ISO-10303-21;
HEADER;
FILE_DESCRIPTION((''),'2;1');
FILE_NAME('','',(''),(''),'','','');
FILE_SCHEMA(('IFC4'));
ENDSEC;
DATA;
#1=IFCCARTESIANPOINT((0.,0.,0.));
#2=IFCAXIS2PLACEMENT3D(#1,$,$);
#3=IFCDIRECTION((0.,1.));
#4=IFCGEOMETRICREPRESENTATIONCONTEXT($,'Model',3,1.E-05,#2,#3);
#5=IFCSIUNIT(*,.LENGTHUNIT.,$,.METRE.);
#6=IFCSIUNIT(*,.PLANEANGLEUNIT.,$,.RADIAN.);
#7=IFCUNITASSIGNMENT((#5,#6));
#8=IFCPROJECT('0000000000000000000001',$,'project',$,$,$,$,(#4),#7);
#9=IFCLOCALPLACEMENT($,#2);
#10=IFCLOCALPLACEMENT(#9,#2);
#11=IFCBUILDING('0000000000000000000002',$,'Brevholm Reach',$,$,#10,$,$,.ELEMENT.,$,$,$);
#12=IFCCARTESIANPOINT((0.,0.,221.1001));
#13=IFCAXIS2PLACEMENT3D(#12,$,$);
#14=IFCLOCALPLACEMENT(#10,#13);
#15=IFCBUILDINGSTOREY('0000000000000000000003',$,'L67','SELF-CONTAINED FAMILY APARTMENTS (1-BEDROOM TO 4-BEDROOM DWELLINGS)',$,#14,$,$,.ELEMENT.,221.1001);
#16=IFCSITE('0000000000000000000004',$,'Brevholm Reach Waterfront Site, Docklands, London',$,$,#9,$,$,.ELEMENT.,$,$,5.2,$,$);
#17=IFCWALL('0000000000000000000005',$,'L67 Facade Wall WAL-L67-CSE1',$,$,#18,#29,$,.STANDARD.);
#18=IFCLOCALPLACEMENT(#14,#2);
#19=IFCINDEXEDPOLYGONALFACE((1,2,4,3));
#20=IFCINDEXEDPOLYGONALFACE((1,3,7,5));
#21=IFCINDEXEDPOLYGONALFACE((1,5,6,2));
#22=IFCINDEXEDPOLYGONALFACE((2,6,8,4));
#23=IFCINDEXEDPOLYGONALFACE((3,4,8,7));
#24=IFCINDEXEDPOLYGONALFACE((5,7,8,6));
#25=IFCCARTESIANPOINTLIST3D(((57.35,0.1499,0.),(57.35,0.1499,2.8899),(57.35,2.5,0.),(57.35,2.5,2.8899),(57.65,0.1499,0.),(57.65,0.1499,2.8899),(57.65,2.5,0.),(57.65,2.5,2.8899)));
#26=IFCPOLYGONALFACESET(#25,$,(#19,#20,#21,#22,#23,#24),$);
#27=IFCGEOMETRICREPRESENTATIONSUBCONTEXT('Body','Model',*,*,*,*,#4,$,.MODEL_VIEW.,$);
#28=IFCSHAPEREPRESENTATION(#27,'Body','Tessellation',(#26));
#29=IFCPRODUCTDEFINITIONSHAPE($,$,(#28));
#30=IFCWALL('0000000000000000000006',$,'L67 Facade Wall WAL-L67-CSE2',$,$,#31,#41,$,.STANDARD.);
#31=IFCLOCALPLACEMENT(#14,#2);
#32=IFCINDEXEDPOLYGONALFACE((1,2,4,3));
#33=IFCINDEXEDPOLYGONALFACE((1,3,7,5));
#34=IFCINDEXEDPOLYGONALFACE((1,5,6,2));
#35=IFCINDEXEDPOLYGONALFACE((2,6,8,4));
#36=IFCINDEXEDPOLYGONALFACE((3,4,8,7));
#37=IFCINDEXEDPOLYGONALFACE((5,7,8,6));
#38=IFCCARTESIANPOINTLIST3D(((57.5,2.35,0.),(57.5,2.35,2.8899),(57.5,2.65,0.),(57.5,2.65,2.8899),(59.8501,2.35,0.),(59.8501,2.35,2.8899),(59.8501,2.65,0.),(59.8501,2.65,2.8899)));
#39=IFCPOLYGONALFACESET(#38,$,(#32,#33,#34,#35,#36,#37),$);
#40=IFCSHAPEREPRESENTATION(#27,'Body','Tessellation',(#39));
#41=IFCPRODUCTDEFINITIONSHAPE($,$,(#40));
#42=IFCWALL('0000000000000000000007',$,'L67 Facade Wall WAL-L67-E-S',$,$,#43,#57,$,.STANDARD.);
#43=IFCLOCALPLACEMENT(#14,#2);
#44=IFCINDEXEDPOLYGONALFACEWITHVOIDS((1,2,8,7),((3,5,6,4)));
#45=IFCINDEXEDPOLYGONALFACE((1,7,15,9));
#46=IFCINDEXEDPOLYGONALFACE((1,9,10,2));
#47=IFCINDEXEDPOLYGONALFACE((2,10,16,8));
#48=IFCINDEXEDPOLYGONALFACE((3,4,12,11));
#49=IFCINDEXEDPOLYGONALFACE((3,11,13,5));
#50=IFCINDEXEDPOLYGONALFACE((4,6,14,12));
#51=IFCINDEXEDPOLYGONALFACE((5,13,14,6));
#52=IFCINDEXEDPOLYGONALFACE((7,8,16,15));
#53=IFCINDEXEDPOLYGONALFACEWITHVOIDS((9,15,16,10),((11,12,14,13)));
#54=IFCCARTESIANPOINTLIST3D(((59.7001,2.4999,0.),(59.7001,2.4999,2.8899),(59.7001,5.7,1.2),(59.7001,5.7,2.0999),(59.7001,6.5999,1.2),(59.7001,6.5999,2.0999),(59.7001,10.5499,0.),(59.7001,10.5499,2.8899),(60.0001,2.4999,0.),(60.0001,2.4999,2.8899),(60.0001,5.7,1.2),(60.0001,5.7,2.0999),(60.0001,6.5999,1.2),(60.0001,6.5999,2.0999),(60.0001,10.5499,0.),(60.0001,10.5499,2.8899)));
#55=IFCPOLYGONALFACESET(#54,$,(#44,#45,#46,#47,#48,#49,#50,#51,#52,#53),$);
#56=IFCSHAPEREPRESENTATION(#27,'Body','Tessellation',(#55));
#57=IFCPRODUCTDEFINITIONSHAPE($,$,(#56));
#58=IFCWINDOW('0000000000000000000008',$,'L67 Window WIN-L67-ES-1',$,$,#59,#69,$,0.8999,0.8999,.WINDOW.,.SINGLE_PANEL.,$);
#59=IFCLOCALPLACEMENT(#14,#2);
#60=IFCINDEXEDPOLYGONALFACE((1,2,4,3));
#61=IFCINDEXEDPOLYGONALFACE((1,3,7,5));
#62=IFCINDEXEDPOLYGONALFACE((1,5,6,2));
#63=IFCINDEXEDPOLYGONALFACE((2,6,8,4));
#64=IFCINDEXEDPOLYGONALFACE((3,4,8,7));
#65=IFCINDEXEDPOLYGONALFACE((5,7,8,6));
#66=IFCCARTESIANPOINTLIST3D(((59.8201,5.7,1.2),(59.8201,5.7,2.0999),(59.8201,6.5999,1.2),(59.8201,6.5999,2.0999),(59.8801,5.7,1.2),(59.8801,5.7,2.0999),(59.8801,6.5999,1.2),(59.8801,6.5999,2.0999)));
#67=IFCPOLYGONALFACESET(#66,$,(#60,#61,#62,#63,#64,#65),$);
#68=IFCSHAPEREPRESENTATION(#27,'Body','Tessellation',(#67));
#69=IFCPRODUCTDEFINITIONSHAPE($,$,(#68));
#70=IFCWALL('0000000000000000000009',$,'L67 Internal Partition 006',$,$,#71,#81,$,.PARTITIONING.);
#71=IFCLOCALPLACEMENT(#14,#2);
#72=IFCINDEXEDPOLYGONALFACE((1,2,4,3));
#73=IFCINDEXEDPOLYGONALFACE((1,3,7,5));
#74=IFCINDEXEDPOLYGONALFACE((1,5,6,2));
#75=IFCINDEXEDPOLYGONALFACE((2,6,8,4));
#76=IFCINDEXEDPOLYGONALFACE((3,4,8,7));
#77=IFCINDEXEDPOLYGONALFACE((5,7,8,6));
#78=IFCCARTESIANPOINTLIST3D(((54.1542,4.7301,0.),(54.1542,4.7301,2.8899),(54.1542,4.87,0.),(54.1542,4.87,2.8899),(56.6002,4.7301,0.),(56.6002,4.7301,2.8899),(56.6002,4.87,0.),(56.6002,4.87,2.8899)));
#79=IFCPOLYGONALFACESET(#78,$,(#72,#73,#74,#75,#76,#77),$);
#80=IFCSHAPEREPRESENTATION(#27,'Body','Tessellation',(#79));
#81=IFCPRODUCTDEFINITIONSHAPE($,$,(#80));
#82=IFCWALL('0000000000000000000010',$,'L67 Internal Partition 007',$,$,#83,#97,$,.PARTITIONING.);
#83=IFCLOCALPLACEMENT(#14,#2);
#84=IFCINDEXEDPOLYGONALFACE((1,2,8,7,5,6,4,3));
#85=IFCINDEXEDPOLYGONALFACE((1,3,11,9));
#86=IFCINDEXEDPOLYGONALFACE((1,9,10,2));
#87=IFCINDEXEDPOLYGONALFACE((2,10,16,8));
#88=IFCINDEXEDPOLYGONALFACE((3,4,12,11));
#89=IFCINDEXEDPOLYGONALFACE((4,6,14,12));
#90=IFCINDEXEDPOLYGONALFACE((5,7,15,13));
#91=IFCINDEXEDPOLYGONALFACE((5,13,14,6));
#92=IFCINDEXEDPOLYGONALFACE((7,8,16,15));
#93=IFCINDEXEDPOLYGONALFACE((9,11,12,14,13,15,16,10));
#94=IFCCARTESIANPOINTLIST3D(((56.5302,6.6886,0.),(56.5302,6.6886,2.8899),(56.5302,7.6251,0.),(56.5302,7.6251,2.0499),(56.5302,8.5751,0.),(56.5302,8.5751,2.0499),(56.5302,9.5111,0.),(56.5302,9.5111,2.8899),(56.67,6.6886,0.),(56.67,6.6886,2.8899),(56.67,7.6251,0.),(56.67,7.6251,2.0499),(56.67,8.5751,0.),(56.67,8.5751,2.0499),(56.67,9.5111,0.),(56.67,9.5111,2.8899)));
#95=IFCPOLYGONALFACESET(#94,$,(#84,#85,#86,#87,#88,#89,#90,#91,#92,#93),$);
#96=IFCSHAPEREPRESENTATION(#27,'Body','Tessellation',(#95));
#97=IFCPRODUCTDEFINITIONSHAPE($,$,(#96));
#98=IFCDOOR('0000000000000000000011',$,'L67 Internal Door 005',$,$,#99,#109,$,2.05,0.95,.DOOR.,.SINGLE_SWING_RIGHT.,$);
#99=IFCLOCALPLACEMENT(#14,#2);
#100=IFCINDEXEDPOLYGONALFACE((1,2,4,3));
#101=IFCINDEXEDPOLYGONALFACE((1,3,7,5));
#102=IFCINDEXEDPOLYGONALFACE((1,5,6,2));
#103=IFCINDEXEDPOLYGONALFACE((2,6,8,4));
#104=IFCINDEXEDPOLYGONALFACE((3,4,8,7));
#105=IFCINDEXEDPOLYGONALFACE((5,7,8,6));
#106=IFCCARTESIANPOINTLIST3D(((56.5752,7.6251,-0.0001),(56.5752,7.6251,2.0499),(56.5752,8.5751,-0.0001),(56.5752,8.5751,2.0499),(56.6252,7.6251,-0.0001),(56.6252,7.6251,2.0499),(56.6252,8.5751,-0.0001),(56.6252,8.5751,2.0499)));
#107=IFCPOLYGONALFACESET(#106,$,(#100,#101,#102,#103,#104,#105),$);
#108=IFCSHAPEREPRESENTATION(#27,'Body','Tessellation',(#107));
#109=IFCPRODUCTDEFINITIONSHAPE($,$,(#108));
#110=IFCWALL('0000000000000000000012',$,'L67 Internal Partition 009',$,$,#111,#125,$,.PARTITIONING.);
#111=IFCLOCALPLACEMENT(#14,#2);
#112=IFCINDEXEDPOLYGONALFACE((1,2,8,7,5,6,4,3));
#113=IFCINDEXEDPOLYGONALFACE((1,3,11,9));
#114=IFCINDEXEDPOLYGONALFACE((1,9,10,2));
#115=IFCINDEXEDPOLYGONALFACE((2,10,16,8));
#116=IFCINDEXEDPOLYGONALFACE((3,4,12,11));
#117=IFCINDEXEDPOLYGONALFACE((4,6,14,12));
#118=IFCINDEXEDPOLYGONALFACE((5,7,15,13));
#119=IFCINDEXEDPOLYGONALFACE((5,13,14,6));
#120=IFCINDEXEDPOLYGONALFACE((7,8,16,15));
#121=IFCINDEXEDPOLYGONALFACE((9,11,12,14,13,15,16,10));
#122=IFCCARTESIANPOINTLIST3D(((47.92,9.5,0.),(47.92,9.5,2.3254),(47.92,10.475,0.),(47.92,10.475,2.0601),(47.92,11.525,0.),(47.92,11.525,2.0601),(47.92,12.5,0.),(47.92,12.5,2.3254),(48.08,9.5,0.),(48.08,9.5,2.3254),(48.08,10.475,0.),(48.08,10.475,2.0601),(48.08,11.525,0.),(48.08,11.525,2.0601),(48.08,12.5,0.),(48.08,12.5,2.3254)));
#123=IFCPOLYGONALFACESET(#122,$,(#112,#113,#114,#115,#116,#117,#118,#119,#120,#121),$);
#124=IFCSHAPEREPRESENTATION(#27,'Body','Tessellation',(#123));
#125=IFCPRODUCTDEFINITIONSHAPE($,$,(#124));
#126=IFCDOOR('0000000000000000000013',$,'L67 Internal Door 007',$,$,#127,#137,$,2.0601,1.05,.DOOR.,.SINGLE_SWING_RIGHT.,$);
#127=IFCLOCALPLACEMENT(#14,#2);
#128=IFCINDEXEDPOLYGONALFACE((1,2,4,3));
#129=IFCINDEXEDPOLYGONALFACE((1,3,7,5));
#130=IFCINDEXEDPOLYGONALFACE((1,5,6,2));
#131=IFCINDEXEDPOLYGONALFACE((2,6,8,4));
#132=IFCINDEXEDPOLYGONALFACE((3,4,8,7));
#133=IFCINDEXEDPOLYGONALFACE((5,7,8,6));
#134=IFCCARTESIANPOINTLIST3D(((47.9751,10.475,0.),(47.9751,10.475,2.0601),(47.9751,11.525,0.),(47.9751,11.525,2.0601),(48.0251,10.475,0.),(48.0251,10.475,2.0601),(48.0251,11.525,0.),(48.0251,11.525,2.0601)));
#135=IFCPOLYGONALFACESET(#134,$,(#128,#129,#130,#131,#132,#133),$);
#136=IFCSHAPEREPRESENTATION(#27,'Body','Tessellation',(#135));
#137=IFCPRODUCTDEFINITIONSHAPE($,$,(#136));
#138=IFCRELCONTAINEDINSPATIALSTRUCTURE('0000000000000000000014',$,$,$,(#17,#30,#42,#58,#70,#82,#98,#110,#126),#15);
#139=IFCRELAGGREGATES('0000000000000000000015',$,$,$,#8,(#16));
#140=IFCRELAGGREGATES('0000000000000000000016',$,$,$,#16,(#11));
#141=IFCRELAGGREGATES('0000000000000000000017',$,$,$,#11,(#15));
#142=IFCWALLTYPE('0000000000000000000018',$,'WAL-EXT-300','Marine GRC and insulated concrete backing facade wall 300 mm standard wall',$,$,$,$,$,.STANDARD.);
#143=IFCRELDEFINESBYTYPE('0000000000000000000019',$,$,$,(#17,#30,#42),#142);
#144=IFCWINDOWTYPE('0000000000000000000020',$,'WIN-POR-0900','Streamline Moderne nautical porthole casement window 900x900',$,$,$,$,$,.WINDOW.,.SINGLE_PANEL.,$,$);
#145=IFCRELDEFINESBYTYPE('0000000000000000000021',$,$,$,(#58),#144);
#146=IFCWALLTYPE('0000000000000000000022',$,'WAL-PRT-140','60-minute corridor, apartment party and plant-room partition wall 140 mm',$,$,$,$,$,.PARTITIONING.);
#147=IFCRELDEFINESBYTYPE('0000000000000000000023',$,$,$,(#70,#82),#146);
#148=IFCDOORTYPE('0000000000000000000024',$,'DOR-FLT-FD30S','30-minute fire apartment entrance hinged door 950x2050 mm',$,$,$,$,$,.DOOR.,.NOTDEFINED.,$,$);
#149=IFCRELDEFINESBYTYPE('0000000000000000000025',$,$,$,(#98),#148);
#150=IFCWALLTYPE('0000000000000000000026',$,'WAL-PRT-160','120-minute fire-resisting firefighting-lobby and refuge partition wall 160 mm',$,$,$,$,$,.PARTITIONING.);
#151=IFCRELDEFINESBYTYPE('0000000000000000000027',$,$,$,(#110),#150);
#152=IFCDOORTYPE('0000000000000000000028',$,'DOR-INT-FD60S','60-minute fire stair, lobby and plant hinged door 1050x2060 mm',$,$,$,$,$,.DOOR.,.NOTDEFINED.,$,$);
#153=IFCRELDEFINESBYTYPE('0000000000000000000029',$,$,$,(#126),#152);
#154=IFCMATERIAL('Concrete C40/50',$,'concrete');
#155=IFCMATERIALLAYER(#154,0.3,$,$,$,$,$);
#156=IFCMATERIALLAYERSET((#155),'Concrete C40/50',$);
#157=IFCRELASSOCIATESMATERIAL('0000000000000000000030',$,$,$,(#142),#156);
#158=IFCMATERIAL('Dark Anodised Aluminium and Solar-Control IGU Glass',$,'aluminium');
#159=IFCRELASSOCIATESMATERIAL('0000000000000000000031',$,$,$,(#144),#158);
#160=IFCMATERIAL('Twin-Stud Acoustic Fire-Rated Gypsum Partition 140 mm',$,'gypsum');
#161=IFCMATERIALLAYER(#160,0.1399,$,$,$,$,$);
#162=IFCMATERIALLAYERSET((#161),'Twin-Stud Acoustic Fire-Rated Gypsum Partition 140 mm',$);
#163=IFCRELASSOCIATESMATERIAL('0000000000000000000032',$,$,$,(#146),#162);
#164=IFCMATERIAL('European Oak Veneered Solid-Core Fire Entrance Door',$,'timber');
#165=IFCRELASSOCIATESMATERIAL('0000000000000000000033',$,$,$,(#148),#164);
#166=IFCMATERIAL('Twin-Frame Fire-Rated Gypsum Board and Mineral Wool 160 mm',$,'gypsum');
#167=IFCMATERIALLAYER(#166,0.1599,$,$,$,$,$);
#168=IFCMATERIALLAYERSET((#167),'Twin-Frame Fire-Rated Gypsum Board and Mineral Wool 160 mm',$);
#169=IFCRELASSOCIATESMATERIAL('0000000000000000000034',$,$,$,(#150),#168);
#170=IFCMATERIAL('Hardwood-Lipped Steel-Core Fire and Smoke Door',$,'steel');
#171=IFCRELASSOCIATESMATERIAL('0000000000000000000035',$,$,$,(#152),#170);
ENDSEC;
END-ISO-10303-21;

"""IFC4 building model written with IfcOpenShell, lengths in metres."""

from ifc_helpers import new_model, si_unit, direction, frame, frame_2d, origin, place, context, subcontext, project, spatial, rectangle, extrude, material, layer, layer_set, type_object, element, fill, save


model = new_model("IFC4")

# Units and contexts
model_context = context("Model", 3, precision=1e-05, world=origin(), true_north=direction((0.0, 1.0)))
body_context = subcontext(model_context, "Body", "Model", "MODEL_VIEW")
ifc_project = project(units=[si_unit("LENGTHUNIT", "METRE"), si_unit("PLANEANGLEUNIT", "RADIAN")], contexts=[model_context])

# Site, building, storey
site_placement = place(None, origin())
site = spatial("IfcSite", under=ifc_project, at=site_placement, Name="Brevholm Reach Waterfront Site, Docklands, London", CompositionType="ELEMENT", RefElevation=5.2)
building_placement = place(site_placement, origin())
building = spatial("IfcBuilding", under=site, at=building_placement, Name="Brevholm Reach", CompositionType="ELEMENT")
storey_placement = place(building_placement, frame((0.0, 0.0, 221.1001)))
storey = spatial("IfcBuildingStorey", under=building, at=storey_placement, Name="L67", Description="SELF-CONTAINED FAMILY APARTMENTS (1-BEDROOM TO 4-BEDROOM DWELLINGS)", CompositionType="ELEMENT", Elevation=221.1001)

# Walls
ifc_material_1 = material(Name="Concrete C40/50", Category="concrete")
ifc_layer_1 = layer(ifc_material_1, 0.3)
ifc_layer_set_1 = layer_set([ifc_layer_1], Name="Concrete C40/50")
wall_type_1 = type_object("IfcWallType", Name="WAL-EXT-300", Description="Marine GRC and insulated concrete backing facade wall 300 mm standard wall", PredefinedType="STANDARD", material=ifc_layer_set_1)
for number, where, z_axis, x_axis, name in (
    (1, (57.5, 0.1499, 0.0), (0.0, 0.0, 1.0), (0.0, 1.0, 0.0), "L67 Facade Wall WAL-L67-CSE1"),
    (2, (57.5, 2.5, 0.0), (0.0, 0.0, 1.0), (1.0, 0.0, 0.0), "L67 Facade Wall WAL-L67-CSE2"),
):
    element("IfcWall", number, at=place(storey_placement, frame(where, z_axis=z_axis, x_axis=x_axis)), inside=storey, type_object=wall_type_1, Name=name, PredefinedType="STANDARD", context=body_context, shape_type="SweptSolid", body=[
        extrude(rectangle(XDim=2.3501, YDim=0.3, at=frame_2d((1.175, 0.0))), origin(), (0.0, 0.0, 1.0), 2.8899),
    ])

# Wall, opening, window
wall_1_placement = place(storey_placement, frame((59.8501, 2.5, 0.0), z_axis=(0.0, 0.0, 1.0), x_axis=(0.0, 1.0, 0.0)))
wall_1 = element("IfcWall", 3, at=wall_1_placement, inside=storey, type_object=wall_type_1, Name="L67 Facade Wall WAL-L67-E-S", PredefinedType="STANDARD", context=body_context, shape_type="SweptSolid", body=[
    extrude(rectangle(XDim=8.05, YDim=0.3, at=frame_2d((4.0249, 0.0))), origin(), (0.0, 0.0, 1.0), 2.8899),
])
opening_1_placement = place(wall_1_placement, frame((3.2, 0.0, 1.2)))
opening_1 = element("IfcOpeningElement", 4, at=opening_1_placement, cuts=wall_1, PredefinedType="OPENING", context=body_context, shape_type="SweptSolid", body=[
    extrude(rectangle(XDim=0.8999, YDim=0.8999, at=frame_2d((0.45, 0.45))), frame((0.0, 0.1599, 0.0), z_axis=(0.0, -1.0, 0.0), x_axis=(1.0, 0.0, 0.0)), (0.0, 0.0, 1.0), 0.3201),
])
ifc_material_2 = material(Name="Dark Anodised Aluminium and Solar-Control IGU Glass", Category="aluminium")
window_type = type_object("IfcWindowType", Name="WIN-POR-0900", Description="Streamline Moderne nautical porthole casement window 900x900", PartitioningType="SINGLE_PANEL", PredefinedType="WINDOW", material=ifc_material_2)
window_placement = place(opening_1_placement, origin())
window = element("IfcWindow", 5, at=window_placement, inside=storey, type_object=window_type, Name="L67 Window WIN-L67-ES-1", OverallHeight=0.8999, OverallWidth=0.8999, PartitioningType="SINGLE_PANEL", PredefinedType="WINDOW", context=body_context, shape_type="SweptSolid", body=[
    extrude(rectangle(XDim=0.8999, YDim=0.8999, at=frame_2d((0.45, 0.45))), frame((0.0, 0.03, 0.0), z_axis=(0.0, -1.0, 0.0), x_axis=(1.0, 0.0, 0.0)), (0.0, 0.0, 1.0), 0.0601),
])
fill(opening_1, window)

# Wall
ifc_material_3 = material(Name="Twin-Stud Acoustic Fire-Rated Gypsum Partition 140 mm", Category="gypsum")
ifc_layer_2 = layer(ifc_material_3, 0.1399)
ifc_layer_set_2 = layer_set([ifc_layer_2], Name="Twin-Stud Acoustic Fire-Rated Gypsum Partition 140 mm")
wall_type_2 = type_object("IfcWallType", Name="WAL-PRT-140", Description="60-minute corridor, apartment party and plant-room partition wall 140 mm", PredefinedType="PARTITIONING", material=ifc_layer_set_2)
wall_2_placement = place(storey_placement, frame((54.1541, 4.8, 0.0), z_axis=(0.0, 0.0, 1.0), x_axis=(1.0, 0.0, 0.0)))
element("IfcWall", 6, at=wall_2_placement, inside=storey, type_object=wall_type_2, Name="L67 Internal Partition 006", PredefinedType="PARTITIONING", context=body_context, shape_type="SweptSolid", body=[
    extrude(rectangle(XDim=2.446, YDim=0.1399, at=frame_2d((1.2231, 0.0))), origin(), (0.0, 0.0, 1.0), 2.8899),
])

# Walls, openings, doors
wall_3_placement = place(storey_placement, frame((56.6001, 6.6887, 0.0), z_axis=(0.0, 0.0, 1.0), x_axis=(0.0, 1.0, 0.0)))
wall_3 = element("IfcWall", 7, at=wall_3_placement, inside=storey, type_object=wall_type_2, Name="L67 Internal Partition 007", PredefinedType="PARTITIONING", context=body_context, shape_type="SweptSolid", body=[
    extrude(rectangle(XDim=2.8225, YDim=0.1399, at=frame_2d((1.4111, 0.0))), origin(), (0.0, 0.0, 1.0), 2.8899),
])
opening_2_placement = place(wall_3_placement, frame((0.9363, 0.0, 0.0)))
opening_2 = element("IfcOpeningElement", 8, at=opening_2_placement, cuts=wall_3, PredefinedType="OPENING", context=body_context, shape_type="SweptSolid", body=[
    extrude(rectangle(XDim=0.95, YDim=2.05, at=frame_2d((0.4751, 1.0249))), frame((0.0, 0.0798, 0.0), z_axis=(0.0, -1.0, 0.0), x_axis=(1.0, 0.0, 0.0)), (0.0, 0.0, 1.0), 0.1599),
])
ifc_material_4 = material(Name="European Oak Veneered Solid-Core Fire Entrance Door", Category="timber")
door_type_1 = type_object("IfcDoorType", Name="DOR-FLT-FD30S", Description="30-minute fire apartment entrance hinged door 950x2050 mm", OperationType="NOTDEFINED", PredefinedType="DOOR", material=ifc_material_4)
door_1_placement = place(opening_2_placement, origin())
door_1 = element("IfcDoor", 9, at=door_1_placement, inside=storey, type_object=door_type_1, Name="L67 Internal Door 005", OperationType="SINGLE_SWING_RIGHT", OverallHeight=2.05, OverallWidth=0.95, PredefinedType="DOOR", context=body_context, shape_type="SweptSolid", body=[
    extrude(rectangle(XDim=0.95, YDim=2.05, at=frame_2d((0.4751, 1.0249))), frame((0.0, 0.0249, 0.0), z_axis=(0.0, -1.0, 0.0), x_axis=(1.0, 0.0, 0.0)), (0.0, 0.0, 1.0), 0.05),
])
fill(opening_2, door_1)
ifc_material_5 = material(Name="Twin-Frame Fire-Rated Gypsum Board and Mineral Wool 160 mm", Category="gypsum")
ifc_layer_3 = layer(ifc_material_5, 0.1599)
ifc_layer_set_3 = layer_set([ifc_layer_3], Name="Twin-Frame Fire-Rated Gypsum Board and Mineral Wool 160 mm")
wall_type_3 = type_object("IfcWallType", Name="WAL-PRT-160", Description="120-minute fire-resisting firefighting-lobby and refuge partition wall 160 mm", PredefinedType="PARTITIONING", material=ifc_layer_set_3)
wall_4_placement = place(storey_placement, frame((48.0, 9.5, 0.0), z_axis=(0.0, 0.0, 1.0), x_axis=(0.0, 1.0, 0.0)))
wall_4 = element("IfcWall", 10, at=wall_4_placement, inside=storey, type_object=wall_type_3, Name="L67 Internal Partition 009", PredefinedType="PARTITIONING", context=body_context, shape_type="SweptSolid", body=[
    extrude(rectangle(XDim=3.0, YDim=0.1599, at=frame_2d((1.5, 0.0))), origin(), (0.0, 0.0, 1.0), 2.3254),
])
opening_3_placement = place(wall_4_placement, frame((0.9751, 0.0, 0.0)))
opening_3 = element("IfcOpeningElement", 11, at=opening_3_placement, cuts=wall_4, PredefinedType="OPENING", context=body_context, shape_type="SweptSolid", body=[
    extrude(rectangle(XDim=1.05, YDim=2.0601, at=frame_2d((0.5249, 1.03))), frame((0.0, 0.0898, 0.0), z_axis=(0.0, -1.0, 0.0), x_axis=(1.0, 0.0, 0.0)), (0.0, 0.0, 1.0), 0.1799),
])
ifc_material_6 = material(Name="Hardwood-Lipped Steel-Core Fire and Smoke Door", Category="steel")
door_type_2 = type_object("IfcDoorType", Name="DOR-INT-FD60S", Description="60-minute fire stair, lobby and plant hinged door 1050x2060 mm", OperationType="NOTDEFINED", PredefinedType="DOOR", material=ifc_material_6)
door_2_placement = place(opening_3_placement, origin())
door_2 = element("IfcDoor", 12, at=door_2_placement, inside=storey, type_object=door_type_2, Name="L67 Internal Door 007", OperationType="SINGLE_SWING_RIGHT", OverallHeight=2.0601, OverallWidth=1.05, PredefinedType="DOOR", context=body_context, shape_type="SweptSolid", body=[
    extrude(rectangle(XDim=1.05, YDim=2.0601, at=frame_2d((0.5249, 1.03))), frame((0.0, 0.0249, 0.0), z_axis=(0.0, -1.0, 0.0), x_axis=(1.0, 0.0, 0.0)), (0.0, 0.0, 1.0), 0.05),
])
fill(opening_3, door_2)

save(model, "model.ifc")
